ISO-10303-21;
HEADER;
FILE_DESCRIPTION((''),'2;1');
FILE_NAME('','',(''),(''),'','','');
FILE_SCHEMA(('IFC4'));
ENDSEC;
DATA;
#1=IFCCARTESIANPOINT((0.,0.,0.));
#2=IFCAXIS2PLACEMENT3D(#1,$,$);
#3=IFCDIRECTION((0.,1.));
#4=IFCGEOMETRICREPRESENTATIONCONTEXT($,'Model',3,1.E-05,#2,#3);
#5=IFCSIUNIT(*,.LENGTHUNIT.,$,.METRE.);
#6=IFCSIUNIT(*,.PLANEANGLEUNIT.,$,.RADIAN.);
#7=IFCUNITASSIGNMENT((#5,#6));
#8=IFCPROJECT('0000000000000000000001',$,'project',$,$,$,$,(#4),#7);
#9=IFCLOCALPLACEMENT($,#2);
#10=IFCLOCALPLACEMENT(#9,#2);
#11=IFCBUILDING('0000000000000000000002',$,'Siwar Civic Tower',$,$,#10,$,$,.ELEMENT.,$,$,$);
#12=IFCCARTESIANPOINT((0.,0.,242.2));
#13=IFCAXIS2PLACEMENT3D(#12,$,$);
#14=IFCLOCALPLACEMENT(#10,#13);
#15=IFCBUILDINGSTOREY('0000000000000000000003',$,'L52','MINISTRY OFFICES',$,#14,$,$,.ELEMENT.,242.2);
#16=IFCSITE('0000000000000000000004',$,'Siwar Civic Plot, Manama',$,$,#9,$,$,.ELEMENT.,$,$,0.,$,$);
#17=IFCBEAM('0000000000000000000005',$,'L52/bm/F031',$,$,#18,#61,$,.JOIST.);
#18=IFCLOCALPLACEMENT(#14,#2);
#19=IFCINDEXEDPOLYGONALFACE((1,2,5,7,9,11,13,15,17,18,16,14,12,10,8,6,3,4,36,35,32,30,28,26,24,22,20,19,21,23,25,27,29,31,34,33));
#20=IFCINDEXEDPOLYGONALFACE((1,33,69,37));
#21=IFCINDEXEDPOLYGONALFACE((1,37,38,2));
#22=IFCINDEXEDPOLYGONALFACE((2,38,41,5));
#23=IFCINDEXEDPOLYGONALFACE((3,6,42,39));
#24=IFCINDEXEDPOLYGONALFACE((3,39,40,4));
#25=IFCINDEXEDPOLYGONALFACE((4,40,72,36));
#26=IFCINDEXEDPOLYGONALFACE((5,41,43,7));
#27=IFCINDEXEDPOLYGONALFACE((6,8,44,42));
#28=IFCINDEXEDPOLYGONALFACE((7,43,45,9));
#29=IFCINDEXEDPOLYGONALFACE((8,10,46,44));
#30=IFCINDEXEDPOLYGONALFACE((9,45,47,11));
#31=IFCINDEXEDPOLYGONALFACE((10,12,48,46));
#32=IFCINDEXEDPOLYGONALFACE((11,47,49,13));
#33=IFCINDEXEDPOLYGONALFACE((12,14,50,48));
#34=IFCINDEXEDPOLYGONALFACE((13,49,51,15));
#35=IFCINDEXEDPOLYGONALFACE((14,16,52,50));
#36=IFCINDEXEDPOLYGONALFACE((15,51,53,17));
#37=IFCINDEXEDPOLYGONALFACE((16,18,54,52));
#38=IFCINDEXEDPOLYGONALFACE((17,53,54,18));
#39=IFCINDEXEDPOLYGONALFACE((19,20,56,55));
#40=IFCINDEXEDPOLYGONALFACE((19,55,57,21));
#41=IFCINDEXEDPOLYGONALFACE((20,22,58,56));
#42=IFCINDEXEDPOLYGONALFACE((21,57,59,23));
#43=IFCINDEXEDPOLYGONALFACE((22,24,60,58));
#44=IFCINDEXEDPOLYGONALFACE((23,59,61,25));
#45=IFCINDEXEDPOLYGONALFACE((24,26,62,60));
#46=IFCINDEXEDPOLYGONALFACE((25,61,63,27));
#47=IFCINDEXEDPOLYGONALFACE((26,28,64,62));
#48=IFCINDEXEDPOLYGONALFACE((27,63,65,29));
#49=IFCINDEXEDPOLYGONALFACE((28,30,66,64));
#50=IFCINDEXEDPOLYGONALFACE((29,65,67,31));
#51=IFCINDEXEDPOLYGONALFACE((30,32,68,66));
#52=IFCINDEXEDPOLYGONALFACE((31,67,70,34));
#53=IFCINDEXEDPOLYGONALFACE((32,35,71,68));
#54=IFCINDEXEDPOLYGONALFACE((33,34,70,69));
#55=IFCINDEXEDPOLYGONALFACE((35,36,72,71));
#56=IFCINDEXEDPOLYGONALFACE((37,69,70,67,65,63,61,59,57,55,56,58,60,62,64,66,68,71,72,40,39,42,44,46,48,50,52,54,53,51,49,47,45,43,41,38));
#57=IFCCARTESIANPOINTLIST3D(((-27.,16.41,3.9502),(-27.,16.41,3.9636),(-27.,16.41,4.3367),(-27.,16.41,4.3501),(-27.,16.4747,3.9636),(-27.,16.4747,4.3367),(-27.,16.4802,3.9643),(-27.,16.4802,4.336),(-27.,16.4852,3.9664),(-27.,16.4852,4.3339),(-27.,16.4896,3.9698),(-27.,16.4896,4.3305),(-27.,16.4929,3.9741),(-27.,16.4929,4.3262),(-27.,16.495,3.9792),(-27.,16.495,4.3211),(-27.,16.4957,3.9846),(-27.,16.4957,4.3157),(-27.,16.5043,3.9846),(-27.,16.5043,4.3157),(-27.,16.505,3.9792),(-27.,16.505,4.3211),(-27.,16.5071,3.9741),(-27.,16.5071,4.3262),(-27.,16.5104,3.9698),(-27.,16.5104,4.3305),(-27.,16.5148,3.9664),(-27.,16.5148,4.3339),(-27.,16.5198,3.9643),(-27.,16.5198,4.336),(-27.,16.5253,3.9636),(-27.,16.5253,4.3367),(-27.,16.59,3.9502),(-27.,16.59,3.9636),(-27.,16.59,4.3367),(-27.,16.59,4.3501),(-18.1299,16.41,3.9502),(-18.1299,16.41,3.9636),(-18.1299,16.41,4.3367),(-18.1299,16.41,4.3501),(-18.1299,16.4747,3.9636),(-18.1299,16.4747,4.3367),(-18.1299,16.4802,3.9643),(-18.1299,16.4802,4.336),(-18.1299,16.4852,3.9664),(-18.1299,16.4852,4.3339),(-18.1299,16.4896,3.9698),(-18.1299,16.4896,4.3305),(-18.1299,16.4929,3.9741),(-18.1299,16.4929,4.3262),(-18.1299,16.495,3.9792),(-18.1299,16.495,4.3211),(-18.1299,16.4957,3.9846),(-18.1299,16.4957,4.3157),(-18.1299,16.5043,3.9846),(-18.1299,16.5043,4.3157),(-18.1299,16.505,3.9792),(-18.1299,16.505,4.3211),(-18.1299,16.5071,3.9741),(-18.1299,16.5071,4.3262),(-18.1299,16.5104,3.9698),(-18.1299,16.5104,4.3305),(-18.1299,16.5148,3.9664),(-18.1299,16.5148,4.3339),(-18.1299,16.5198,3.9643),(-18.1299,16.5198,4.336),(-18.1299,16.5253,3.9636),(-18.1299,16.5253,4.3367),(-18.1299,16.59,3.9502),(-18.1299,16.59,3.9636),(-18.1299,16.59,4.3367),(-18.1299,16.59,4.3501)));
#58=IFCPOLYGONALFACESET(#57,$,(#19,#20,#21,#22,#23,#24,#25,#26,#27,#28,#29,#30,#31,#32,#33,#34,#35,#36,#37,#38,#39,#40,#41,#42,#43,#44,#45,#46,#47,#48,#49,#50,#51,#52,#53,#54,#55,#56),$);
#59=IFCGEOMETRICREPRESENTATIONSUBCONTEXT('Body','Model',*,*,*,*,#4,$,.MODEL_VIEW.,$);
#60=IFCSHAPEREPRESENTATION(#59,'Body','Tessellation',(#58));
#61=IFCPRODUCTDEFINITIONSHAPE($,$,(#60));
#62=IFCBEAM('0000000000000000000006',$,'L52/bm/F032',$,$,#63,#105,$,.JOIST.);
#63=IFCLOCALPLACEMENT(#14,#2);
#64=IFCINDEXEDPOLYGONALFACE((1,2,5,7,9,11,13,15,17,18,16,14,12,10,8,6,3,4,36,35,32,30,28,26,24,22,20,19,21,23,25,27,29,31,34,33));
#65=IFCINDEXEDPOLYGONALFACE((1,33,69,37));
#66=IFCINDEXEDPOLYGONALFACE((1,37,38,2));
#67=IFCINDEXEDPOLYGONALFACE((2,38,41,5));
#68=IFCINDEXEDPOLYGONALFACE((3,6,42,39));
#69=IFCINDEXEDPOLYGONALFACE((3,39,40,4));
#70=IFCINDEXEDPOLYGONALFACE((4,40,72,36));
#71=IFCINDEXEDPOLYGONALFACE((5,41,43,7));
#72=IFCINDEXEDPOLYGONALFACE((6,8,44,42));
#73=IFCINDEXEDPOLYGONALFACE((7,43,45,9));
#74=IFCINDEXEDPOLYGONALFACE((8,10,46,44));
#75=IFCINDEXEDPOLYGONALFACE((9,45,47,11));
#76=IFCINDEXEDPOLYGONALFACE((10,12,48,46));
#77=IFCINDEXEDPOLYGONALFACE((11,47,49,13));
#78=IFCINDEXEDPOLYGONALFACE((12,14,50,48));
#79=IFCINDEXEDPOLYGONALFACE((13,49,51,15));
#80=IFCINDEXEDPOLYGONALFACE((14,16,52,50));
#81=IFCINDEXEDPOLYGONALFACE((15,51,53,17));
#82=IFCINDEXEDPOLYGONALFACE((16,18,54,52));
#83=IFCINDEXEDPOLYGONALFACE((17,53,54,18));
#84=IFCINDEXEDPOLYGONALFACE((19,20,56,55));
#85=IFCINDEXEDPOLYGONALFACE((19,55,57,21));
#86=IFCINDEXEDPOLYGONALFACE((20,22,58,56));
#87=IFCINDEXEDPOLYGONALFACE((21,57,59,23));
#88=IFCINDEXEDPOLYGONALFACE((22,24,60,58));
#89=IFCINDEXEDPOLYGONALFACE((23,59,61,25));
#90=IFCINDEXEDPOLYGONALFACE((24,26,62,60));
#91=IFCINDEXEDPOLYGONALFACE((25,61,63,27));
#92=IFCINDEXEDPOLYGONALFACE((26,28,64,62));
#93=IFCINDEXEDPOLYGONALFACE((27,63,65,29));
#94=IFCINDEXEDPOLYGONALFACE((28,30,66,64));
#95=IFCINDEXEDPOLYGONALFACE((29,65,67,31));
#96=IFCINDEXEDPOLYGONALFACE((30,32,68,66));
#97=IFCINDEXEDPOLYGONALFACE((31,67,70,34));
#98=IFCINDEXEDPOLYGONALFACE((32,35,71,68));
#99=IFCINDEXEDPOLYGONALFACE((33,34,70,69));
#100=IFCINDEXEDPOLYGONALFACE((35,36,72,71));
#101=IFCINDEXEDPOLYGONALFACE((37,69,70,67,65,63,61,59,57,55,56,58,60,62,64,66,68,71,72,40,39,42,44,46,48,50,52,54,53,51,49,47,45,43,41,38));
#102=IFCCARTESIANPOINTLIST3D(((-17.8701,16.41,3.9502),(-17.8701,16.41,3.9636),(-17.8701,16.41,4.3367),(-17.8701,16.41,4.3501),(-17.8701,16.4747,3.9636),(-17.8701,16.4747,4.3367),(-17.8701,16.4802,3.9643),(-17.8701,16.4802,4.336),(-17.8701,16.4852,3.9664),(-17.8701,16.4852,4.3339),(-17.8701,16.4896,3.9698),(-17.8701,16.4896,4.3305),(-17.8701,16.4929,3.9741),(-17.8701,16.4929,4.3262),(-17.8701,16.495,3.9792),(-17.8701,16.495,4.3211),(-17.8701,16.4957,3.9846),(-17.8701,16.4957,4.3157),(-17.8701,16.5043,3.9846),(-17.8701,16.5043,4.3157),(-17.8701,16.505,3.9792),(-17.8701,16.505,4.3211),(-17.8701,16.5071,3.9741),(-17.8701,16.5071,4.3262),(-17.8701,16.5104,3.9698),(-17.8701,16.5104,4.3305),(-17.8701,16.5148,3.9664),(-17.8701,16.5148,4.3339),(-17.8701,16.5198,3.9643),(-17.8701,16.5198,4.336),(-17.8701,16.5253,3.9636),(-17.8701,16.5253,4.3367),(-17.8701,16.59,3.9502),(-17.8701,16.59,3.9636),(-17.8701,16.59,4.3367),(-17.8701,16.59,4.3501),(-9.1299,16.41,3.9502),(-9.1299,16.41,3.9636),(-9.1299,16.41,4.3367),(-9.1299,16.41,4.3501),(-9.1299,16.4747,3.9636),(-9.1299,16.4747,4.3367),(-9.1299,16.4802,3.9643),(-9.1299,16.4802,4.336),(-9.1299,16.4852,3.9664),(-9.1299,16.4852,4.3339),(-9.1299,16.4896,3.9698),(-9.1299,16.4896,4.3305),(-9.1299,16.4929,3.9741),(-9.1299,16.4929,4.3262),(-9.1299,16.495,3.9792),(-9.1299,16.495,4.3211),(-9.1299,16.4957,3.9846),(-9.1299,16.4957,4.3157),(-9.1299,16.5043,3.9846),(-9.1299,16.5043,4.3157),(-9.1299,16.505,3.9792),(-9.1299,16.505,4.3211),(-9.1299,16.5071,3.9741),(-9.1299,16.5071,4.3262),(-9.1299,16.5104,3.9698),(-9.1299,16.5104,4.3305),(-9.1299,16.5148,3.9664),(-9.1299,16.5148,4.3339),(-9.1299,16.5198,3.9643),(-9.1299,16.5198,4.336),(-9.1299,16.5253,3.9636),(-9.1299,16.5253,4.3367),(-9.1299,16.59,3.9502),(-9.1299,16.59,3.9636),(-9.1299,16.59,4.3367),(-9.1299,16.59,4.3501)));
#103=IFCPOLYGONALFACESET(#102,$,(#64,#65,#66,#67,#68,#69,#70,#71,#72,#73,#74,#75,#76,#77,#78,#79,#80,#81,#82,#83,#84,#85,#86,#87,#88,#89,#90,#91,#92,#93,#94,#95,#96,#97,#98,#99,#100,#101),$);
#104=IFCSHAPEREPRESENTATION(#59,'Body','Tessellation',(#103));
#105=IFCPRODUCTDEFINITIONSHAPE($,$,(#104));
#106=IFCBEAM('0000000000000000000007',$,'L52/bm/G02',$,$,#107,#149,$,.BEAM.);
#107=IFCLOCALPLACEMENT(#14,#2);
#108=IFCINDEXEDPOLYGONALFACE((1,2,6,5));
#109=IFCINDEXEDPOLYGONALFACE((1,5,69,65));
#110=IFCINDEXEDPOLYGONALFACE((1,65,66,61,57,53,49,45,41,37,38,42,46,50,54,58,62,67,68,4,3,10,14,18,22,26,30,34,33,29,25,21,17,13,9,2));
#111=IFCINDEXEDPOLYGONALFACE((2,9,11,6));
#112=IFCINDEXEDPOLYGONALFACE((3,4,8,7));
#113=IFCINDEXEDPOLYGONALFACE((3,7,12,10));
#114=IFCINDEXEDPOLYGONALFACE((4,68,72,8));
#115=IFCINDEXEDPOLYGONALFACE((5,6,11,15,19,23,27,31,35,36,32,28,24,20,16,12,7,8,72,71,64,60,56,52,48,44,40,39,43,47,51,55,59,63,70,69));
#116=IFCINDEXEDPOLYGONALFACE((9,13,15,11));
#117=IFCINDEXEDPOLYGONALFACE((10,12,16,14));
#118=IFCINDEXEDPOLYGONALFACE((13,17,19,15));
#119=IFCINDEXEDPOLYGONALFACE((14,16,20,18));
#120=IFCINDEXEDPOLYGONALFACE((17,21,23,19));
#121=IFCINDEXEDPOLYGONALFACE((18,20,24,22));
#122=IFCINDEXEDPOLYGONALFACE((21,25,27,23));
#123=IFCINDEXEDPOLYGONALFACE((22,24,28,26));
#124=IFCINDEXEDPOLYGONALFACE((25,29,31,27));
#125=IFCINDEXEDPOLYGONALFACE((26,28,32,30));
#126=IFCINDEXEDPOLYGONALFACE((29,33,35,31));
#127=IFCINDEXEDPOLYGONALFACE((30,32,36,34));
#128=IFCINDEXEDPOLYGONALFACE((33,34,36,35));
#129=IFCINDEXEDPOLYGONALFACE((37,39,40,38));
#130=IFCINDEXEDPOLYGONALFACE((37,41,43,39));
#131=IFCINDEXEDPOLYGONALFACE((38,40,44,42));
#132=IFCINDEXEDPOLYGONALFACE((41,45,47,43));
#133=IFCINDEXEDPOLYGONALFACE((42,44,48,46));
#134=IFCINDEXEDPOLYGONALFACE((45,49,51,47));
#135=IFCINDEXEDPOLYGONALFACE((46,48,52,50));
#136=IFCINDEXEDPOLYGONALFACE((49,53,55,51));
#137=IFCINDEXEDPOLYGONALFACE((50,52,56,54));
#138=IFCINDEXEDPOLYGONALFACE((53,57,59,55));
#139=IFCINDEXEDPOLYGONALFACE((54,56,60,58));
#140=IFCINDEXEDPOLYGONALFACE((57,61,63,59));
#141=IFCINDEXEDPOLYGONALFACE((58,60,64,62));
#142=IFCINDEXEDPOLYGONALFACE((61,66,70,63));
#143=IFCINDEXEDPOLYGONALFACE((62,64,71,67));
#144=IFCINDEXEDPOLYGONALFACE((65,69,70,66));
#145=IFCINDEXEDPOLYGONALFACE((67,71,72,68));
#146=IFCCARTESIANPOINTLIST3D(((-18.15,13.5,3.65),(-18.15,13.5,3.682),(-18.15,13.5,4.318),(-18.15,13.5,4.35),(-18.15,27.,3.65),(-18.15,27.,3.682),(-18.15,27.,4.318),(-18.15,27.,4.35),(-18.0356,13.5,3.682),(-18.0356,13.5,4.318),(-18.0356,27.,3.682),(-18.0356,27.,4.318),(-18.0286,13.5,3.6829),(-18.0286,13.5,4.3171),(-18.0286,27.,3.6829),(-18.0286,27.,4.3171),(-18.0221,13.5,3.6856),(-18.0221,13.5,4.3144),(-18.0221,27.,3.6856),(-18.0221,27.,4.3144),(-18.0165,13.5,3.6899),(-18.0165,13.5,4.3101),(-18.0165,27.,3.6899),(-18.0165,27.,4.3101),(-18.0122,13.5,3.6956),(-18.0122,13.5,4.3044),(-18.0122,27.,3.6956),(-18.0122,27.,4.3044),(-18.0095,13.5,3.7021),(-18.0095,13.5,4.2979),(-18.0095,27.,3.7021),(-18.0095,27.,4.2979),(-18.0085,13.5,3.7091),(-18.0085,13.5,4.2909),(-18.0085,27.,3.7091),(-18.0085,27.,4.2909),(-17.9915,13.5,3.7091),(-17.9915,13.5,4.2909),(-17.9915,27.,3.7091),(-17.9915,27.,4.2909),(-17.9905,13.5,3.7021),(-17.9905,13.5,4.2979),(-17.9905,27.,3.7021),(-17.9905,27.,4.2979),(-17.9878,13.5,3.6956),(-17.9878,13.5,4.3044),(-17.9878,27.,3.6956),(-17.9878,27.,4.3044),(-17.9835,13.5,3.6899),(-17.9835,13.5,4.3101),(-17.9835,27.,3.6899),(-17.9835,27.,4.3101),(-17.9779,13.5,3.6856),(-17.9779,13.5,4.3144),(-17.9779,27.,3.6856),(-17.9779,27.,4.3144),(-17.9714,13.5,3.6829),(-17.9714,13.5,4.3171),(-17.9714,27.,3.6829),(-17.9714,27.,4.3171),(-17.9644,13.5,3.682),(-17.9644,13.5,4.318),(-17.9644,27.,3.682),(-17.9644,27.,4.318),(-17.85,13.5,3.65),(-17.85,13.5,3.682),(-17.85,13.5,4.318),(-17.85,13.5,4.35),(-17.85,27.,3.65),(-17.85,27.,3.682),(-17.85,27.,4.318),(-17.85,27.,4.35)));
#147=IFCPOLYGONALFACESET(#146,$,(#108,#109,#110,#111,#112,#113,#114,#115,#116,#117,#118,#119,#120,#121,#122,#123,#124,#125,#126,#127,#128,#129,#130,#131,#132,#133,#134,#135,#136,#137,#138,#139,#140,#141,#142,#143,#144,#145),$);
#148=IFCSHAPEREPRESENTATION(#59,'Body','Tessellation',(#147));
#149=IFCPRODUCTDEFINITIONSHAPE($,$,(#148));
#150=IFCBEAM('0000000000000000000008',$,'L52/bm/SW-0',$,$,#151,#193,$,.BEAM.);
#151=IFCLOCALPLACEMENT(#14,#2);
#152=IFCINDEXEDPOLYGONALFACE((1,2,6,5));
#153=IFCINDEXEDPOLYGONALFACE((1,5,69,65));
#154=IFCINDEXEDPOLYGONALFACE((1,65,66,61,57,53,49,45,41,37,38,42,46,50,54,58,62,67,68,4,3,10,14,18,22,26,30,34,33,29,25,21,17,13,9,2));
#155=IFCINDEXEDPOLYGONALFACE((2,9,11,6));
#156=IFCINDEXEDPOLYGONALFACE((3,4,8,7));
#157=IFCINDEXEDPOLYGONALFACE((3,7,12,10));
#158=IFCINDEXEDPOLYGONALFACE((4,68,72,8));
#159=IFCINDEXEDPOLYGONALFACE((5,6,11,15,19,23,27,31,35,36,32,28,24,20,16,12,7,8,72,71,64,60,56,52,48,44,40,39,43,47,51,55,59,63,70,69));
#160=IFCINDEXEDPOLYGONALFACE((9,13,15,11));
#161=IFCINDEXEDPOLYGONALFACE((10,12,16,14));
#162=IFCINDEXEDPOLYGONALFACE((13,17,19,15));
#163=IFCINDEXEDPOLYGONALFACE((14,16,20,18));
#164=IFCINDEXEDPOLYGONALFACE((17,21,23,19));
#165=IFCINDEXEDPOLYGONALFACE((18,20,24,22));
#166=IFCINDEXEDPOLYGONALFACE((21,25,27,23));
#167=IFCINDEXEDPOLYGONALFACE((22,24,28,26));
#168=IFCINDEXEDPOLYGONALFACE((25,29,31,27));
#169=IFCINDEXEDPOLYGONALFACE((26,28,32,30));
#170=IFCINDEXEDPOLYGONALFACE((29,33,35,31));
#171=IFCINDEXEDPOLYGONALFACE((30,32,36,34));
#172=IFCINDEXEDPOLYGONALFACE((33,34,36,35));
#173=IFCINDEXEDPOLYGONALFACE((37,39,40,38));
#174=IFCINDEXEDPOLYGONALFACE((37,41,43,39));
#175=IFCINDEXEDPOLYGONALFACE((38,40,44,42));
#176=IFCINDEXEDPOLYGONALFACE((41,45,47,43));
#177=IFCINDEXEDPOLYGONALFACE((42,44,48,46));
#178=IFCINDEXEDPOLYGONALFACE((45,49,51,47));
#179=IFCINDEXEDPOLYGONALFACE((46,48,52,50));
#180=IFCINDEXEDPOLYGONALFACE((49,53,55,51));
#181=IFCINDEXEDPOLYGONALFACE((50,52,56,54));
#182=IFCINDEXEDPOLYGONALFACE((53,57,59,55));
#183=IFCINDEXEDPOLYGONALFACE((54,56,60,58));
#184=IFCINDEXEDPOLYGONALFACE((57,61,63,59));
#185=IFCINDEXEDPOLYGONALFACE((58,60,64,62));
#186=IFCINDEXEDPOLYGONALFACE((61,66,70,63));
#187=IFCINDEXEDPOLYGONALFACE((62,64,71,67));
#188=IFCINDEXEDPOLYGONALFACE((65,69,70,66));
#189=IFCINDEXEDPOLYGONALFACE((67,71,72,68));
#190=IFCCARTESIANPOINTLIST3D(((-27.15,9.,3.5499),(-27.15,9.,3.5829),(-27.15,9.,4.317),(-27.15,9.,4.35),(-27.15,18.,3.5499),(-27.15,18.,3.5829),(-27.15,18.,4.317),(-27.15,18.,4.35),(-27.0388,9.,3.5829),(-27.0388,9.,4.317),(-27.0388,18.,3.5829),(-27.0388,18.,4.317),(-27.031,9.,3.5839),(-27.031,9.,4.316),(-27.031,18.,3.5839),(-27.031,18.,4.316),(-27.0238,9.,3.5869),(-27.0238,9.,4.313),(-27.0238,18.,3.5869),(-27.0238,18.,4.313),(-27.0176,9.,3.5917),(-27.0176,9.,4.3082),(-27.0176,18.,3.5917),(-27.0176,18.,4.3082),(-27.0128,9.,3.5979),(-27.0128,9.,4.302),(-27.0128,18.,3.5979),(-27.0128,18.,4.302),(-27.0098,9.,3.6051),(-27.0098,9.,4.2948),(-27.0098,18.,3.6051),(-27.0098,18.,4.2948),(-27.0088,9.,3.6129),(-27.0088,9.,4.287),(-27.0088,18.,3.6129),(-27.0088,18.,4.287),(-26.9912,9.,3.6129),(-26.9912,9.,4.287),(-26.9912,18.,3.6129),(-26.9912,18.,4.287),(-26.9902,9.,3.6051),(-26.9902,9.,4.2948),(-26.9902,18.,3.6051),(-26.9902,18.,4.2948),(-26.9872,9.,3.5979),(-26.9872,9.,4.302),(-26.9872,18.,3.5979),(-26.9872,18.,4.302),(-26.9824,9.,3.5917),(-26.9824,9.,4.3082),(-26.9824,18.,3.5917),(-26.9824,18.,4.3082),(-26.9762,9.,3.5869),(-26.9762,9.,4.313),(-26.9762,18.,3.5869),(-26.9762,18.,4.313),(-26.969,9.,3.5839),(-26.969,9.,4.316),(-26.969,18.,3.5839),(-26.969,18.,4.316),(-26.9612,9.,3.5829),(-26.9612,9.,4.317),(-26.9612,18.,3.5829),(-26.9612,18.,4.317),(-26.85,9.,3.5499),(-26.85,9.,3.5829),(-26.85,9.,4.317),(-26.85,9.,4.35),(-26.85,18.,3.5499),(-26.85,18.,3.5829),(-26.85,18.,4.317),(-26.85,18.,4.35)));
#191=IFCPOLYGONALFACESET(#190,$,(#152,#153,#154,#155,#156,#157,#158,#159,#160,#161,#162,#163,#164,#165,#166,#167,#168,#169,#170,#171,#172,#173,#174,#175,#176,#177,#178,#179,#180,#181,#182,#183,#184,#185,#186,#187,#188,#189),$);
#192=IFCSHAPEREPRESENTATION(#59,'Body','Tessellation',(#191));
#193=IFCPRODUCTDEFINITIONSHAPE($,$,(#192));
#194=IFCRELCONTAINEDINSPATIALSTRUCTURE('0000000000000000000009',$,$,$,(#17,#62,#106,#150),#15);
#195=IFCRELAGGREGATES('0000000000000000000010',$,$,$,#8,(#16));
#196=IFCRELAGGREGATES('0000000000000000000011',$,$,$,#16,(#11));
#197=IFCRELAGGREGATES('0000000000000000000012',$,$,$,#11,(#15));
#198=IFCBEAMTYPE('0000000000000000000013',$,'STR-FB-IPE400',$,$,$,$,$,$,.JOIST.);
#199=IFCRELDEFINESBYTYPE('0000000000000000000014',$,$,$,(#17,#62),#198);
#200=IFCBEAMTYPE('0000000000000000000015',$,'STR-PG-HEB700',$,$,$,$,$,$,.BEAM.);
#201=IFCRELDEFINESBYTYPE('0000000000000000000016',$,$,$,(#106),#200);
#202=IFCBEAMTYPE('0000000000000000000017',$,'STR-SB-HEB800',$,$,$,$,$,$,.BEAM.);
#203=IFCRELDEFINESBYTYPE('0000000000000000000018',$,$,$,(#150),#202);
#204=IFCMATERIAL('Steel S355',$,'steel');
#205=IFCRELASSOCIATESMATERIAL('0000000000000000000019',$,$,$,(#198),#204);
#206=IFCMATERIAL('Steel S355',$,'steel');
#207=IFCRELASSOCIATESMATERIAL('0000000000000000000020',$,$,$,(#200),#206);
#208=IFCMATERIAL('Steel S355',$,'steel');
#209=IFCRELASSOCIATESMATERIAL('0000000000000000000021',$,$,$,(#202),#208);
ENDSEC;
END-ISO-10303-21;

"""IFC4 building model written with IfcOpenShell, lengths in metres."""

from ifc_helpers import new_model, si_unit, direction, frame, origin, origin_2d, place, context, subcontext, project, spatial, i_section, extrude, material, material_profile, profile_set, type_object, element, save


model = new_model("IFC4")

# Units and contexts
model_context = context("Model", 3, precision=1e-05, world=origin(), true_north=direction((0.0, 1.0)))
body_context = subcontext(model_context, "Body", "Model", "MODEL_VIEW")
ifc_project = project(units=[si_unit("LENGTHUNIT", "METRE"), si_unit("PLANEANGLEUNIT", "RADIAN")], contexts=[model_context])

# Site, building, storey
site_placement = place(None, origin())
site = spatial("IfcSite", under=ifc_project, at=site_placement, Name="Siwar Civic Plot, Manama", CompositionType="ELEMENT", RefElevation=0.0)
building_placement = place(site_placement, origin())
building = spatial("IfcBuilding", under=site, at=building_placement, Name="Siwar Civic Tower", CompositionType="ELEMENT")
storey_placement = place(building_placement, frame((0.0, 0.0, 242.2)))
storey = spatial("IfcBuildingStorey", under=building, at=storey_placement, Name="L52", Description="MINISTRY OFFICES", CompositionType="ELEMENT", Elevation=242.2)

# Beams
ifc_material_1 = material(Name="Steel S355", Category="steel")
ifc_material_profile_1 = material_profile(ifc_material_1, i_section(OverallWidth=0.1799, OverallDepth=0.3999, WebThickness=0.0085, FlangeThickness=0.0134, FilletRadius=0.021, at=origin_2d()), Name="IPE400")
ifc_profile_set_1 = profile_set([ifc_material_profile_1], Name="Steel S355")
beam_type_1 = type_object("IfcBeamType", Name="STR-FB-IPE400", PredefinedType="JOIST", material=ifc_profile_set_1)
beam_1_placement = place(storey_placement, frame((-27.0, 16.5, 4.1501), z_axis=(1.0, 0.0, 0.0), x_axis=(0.0, 1.0, 0.0)))
element("IfcBeam", 1, at=beam_1_placement, inside=storey, type_object=beam_type_1, Name="L52/bm/F031", PredefinedType="JOIST", context=body_context, shape_type="SweptSolid", body=[
    extrude(i_section(OverallWidth=0.1799, OverallDepth=0.3999, WebThickness=0.0085, FlangeThickness=0.0134, FilletRadius=0.021, at=origin_2d()), origin(), (0.0, 0.0, 1.0), 8.8701),
])
beam_2_placement = place(storey_placement, frame((-17.8701, 16.5, 4.1501), z_axis=(1.0, 0.0, 0.0), x_axis=(0.0, 1.0, 0.0)))
element("IfcBeam", 2, at=beam_2_placement, inside=storey, type_object=beam_type_1, Name="L52/bm/F032", PredefinedType="JOIST", context=body_context, shape_type="SweptSolid", body=[
    extrude(i_section(OverallWidth=0.1799, OverallDepth=0.3999, WebThickness=0.0085, FlangeThickness=0.0134, FilletRadius=0.021, at=origin_2d()), origin(), (0.0, 0.0, 1.0), 8.7402),
])
ifc_material_2 = material(Name="Steel S355", Category="steel")
ifc_material_profile_2 = material_profile(ifc_material_2, i_section(OverallWidth=0.3, OverallDepth=0.7, WebThickness=0.0171, FlangeThickness=0.032, FilletRadius=0.0271, at=origin_2d()), Name="HEB700")
ifc_profile_set_2 = profile_set([ifc_material_profile_2], Name="Steel S355")
beam_type_2 = type_object("IfcBeamType", Name="STR-PG-HEB700", PredefinedType="BEAM", material=ifc_profile_set_2)
beam_3_placement = place(storey_placement, frame((-18.0, 13.5, 4.0), z_axis=(0.0, 1.0, 0.0), x_axis=(-1.0, 0.0, 0.0)))
element("IfcBeam", 3, at=beam_3_placement, inside=storey, type_object=beam_type_2, Name="L52/bm/G02", PredefinedType="BEAM", context=body_context, shape_type="SweptSolid", body=[
    extrude(i_section(OverallWidth=0.3, OverallDepth=0.7, WebThickness=0.0171, FlangeThickness=0.032, FilletRadius=0.0271, at=origin_2d()), origin(), (0.0, 0.0, 1.0), 13.5),
])
ifc_material_3 = material(Name="Steel S355", Category="steel")
ifc_material_profile_3 = material_profile(ifc_material_3, i_section(OverallWidth=0.3, OverallDepth=0.8, WebThickness=0.0176, FlangeThickness=0.033, FilletRadius=0.03, at=origin_2d()), Name="HEB800")
ifc_profile_set_3 = profile_set([ifc_material_profile_3], Name="Steel S355")
beam_type_3 = type_object("IfcBeamType", Name="STR-SB-HEB800", PredefinedType="BEAM", material=ifc_profile_set_3)
for number, where, z_axis, x_axis, name in (
    (4, (-27.0, 18.0, 3.95), (0.0, -1.0, 0.0), (1.0, 0.0, 0.0), "L52/bm/SW-0"),
):
    element("IfcBeam", number, at=place(storey_placement, frame(where, z_axis=z_axis, x_axis=x_axis)), inside=storey, type_object=beam_type_3, Name=name, PredefinedType="BEAM", context=body_context, shape_type="SweptSolid", body=[
        extrude(i_section(OverallWidth=0.3, OverallDepth=0.8, WebThickness=0.0176, FlangeThickness=0.033, FilletRadius=0.03, at=origin_2d()), origin(), (0.0, 0.0, 1.0), 9.0),
    ])

save(model, "model.ifc")
